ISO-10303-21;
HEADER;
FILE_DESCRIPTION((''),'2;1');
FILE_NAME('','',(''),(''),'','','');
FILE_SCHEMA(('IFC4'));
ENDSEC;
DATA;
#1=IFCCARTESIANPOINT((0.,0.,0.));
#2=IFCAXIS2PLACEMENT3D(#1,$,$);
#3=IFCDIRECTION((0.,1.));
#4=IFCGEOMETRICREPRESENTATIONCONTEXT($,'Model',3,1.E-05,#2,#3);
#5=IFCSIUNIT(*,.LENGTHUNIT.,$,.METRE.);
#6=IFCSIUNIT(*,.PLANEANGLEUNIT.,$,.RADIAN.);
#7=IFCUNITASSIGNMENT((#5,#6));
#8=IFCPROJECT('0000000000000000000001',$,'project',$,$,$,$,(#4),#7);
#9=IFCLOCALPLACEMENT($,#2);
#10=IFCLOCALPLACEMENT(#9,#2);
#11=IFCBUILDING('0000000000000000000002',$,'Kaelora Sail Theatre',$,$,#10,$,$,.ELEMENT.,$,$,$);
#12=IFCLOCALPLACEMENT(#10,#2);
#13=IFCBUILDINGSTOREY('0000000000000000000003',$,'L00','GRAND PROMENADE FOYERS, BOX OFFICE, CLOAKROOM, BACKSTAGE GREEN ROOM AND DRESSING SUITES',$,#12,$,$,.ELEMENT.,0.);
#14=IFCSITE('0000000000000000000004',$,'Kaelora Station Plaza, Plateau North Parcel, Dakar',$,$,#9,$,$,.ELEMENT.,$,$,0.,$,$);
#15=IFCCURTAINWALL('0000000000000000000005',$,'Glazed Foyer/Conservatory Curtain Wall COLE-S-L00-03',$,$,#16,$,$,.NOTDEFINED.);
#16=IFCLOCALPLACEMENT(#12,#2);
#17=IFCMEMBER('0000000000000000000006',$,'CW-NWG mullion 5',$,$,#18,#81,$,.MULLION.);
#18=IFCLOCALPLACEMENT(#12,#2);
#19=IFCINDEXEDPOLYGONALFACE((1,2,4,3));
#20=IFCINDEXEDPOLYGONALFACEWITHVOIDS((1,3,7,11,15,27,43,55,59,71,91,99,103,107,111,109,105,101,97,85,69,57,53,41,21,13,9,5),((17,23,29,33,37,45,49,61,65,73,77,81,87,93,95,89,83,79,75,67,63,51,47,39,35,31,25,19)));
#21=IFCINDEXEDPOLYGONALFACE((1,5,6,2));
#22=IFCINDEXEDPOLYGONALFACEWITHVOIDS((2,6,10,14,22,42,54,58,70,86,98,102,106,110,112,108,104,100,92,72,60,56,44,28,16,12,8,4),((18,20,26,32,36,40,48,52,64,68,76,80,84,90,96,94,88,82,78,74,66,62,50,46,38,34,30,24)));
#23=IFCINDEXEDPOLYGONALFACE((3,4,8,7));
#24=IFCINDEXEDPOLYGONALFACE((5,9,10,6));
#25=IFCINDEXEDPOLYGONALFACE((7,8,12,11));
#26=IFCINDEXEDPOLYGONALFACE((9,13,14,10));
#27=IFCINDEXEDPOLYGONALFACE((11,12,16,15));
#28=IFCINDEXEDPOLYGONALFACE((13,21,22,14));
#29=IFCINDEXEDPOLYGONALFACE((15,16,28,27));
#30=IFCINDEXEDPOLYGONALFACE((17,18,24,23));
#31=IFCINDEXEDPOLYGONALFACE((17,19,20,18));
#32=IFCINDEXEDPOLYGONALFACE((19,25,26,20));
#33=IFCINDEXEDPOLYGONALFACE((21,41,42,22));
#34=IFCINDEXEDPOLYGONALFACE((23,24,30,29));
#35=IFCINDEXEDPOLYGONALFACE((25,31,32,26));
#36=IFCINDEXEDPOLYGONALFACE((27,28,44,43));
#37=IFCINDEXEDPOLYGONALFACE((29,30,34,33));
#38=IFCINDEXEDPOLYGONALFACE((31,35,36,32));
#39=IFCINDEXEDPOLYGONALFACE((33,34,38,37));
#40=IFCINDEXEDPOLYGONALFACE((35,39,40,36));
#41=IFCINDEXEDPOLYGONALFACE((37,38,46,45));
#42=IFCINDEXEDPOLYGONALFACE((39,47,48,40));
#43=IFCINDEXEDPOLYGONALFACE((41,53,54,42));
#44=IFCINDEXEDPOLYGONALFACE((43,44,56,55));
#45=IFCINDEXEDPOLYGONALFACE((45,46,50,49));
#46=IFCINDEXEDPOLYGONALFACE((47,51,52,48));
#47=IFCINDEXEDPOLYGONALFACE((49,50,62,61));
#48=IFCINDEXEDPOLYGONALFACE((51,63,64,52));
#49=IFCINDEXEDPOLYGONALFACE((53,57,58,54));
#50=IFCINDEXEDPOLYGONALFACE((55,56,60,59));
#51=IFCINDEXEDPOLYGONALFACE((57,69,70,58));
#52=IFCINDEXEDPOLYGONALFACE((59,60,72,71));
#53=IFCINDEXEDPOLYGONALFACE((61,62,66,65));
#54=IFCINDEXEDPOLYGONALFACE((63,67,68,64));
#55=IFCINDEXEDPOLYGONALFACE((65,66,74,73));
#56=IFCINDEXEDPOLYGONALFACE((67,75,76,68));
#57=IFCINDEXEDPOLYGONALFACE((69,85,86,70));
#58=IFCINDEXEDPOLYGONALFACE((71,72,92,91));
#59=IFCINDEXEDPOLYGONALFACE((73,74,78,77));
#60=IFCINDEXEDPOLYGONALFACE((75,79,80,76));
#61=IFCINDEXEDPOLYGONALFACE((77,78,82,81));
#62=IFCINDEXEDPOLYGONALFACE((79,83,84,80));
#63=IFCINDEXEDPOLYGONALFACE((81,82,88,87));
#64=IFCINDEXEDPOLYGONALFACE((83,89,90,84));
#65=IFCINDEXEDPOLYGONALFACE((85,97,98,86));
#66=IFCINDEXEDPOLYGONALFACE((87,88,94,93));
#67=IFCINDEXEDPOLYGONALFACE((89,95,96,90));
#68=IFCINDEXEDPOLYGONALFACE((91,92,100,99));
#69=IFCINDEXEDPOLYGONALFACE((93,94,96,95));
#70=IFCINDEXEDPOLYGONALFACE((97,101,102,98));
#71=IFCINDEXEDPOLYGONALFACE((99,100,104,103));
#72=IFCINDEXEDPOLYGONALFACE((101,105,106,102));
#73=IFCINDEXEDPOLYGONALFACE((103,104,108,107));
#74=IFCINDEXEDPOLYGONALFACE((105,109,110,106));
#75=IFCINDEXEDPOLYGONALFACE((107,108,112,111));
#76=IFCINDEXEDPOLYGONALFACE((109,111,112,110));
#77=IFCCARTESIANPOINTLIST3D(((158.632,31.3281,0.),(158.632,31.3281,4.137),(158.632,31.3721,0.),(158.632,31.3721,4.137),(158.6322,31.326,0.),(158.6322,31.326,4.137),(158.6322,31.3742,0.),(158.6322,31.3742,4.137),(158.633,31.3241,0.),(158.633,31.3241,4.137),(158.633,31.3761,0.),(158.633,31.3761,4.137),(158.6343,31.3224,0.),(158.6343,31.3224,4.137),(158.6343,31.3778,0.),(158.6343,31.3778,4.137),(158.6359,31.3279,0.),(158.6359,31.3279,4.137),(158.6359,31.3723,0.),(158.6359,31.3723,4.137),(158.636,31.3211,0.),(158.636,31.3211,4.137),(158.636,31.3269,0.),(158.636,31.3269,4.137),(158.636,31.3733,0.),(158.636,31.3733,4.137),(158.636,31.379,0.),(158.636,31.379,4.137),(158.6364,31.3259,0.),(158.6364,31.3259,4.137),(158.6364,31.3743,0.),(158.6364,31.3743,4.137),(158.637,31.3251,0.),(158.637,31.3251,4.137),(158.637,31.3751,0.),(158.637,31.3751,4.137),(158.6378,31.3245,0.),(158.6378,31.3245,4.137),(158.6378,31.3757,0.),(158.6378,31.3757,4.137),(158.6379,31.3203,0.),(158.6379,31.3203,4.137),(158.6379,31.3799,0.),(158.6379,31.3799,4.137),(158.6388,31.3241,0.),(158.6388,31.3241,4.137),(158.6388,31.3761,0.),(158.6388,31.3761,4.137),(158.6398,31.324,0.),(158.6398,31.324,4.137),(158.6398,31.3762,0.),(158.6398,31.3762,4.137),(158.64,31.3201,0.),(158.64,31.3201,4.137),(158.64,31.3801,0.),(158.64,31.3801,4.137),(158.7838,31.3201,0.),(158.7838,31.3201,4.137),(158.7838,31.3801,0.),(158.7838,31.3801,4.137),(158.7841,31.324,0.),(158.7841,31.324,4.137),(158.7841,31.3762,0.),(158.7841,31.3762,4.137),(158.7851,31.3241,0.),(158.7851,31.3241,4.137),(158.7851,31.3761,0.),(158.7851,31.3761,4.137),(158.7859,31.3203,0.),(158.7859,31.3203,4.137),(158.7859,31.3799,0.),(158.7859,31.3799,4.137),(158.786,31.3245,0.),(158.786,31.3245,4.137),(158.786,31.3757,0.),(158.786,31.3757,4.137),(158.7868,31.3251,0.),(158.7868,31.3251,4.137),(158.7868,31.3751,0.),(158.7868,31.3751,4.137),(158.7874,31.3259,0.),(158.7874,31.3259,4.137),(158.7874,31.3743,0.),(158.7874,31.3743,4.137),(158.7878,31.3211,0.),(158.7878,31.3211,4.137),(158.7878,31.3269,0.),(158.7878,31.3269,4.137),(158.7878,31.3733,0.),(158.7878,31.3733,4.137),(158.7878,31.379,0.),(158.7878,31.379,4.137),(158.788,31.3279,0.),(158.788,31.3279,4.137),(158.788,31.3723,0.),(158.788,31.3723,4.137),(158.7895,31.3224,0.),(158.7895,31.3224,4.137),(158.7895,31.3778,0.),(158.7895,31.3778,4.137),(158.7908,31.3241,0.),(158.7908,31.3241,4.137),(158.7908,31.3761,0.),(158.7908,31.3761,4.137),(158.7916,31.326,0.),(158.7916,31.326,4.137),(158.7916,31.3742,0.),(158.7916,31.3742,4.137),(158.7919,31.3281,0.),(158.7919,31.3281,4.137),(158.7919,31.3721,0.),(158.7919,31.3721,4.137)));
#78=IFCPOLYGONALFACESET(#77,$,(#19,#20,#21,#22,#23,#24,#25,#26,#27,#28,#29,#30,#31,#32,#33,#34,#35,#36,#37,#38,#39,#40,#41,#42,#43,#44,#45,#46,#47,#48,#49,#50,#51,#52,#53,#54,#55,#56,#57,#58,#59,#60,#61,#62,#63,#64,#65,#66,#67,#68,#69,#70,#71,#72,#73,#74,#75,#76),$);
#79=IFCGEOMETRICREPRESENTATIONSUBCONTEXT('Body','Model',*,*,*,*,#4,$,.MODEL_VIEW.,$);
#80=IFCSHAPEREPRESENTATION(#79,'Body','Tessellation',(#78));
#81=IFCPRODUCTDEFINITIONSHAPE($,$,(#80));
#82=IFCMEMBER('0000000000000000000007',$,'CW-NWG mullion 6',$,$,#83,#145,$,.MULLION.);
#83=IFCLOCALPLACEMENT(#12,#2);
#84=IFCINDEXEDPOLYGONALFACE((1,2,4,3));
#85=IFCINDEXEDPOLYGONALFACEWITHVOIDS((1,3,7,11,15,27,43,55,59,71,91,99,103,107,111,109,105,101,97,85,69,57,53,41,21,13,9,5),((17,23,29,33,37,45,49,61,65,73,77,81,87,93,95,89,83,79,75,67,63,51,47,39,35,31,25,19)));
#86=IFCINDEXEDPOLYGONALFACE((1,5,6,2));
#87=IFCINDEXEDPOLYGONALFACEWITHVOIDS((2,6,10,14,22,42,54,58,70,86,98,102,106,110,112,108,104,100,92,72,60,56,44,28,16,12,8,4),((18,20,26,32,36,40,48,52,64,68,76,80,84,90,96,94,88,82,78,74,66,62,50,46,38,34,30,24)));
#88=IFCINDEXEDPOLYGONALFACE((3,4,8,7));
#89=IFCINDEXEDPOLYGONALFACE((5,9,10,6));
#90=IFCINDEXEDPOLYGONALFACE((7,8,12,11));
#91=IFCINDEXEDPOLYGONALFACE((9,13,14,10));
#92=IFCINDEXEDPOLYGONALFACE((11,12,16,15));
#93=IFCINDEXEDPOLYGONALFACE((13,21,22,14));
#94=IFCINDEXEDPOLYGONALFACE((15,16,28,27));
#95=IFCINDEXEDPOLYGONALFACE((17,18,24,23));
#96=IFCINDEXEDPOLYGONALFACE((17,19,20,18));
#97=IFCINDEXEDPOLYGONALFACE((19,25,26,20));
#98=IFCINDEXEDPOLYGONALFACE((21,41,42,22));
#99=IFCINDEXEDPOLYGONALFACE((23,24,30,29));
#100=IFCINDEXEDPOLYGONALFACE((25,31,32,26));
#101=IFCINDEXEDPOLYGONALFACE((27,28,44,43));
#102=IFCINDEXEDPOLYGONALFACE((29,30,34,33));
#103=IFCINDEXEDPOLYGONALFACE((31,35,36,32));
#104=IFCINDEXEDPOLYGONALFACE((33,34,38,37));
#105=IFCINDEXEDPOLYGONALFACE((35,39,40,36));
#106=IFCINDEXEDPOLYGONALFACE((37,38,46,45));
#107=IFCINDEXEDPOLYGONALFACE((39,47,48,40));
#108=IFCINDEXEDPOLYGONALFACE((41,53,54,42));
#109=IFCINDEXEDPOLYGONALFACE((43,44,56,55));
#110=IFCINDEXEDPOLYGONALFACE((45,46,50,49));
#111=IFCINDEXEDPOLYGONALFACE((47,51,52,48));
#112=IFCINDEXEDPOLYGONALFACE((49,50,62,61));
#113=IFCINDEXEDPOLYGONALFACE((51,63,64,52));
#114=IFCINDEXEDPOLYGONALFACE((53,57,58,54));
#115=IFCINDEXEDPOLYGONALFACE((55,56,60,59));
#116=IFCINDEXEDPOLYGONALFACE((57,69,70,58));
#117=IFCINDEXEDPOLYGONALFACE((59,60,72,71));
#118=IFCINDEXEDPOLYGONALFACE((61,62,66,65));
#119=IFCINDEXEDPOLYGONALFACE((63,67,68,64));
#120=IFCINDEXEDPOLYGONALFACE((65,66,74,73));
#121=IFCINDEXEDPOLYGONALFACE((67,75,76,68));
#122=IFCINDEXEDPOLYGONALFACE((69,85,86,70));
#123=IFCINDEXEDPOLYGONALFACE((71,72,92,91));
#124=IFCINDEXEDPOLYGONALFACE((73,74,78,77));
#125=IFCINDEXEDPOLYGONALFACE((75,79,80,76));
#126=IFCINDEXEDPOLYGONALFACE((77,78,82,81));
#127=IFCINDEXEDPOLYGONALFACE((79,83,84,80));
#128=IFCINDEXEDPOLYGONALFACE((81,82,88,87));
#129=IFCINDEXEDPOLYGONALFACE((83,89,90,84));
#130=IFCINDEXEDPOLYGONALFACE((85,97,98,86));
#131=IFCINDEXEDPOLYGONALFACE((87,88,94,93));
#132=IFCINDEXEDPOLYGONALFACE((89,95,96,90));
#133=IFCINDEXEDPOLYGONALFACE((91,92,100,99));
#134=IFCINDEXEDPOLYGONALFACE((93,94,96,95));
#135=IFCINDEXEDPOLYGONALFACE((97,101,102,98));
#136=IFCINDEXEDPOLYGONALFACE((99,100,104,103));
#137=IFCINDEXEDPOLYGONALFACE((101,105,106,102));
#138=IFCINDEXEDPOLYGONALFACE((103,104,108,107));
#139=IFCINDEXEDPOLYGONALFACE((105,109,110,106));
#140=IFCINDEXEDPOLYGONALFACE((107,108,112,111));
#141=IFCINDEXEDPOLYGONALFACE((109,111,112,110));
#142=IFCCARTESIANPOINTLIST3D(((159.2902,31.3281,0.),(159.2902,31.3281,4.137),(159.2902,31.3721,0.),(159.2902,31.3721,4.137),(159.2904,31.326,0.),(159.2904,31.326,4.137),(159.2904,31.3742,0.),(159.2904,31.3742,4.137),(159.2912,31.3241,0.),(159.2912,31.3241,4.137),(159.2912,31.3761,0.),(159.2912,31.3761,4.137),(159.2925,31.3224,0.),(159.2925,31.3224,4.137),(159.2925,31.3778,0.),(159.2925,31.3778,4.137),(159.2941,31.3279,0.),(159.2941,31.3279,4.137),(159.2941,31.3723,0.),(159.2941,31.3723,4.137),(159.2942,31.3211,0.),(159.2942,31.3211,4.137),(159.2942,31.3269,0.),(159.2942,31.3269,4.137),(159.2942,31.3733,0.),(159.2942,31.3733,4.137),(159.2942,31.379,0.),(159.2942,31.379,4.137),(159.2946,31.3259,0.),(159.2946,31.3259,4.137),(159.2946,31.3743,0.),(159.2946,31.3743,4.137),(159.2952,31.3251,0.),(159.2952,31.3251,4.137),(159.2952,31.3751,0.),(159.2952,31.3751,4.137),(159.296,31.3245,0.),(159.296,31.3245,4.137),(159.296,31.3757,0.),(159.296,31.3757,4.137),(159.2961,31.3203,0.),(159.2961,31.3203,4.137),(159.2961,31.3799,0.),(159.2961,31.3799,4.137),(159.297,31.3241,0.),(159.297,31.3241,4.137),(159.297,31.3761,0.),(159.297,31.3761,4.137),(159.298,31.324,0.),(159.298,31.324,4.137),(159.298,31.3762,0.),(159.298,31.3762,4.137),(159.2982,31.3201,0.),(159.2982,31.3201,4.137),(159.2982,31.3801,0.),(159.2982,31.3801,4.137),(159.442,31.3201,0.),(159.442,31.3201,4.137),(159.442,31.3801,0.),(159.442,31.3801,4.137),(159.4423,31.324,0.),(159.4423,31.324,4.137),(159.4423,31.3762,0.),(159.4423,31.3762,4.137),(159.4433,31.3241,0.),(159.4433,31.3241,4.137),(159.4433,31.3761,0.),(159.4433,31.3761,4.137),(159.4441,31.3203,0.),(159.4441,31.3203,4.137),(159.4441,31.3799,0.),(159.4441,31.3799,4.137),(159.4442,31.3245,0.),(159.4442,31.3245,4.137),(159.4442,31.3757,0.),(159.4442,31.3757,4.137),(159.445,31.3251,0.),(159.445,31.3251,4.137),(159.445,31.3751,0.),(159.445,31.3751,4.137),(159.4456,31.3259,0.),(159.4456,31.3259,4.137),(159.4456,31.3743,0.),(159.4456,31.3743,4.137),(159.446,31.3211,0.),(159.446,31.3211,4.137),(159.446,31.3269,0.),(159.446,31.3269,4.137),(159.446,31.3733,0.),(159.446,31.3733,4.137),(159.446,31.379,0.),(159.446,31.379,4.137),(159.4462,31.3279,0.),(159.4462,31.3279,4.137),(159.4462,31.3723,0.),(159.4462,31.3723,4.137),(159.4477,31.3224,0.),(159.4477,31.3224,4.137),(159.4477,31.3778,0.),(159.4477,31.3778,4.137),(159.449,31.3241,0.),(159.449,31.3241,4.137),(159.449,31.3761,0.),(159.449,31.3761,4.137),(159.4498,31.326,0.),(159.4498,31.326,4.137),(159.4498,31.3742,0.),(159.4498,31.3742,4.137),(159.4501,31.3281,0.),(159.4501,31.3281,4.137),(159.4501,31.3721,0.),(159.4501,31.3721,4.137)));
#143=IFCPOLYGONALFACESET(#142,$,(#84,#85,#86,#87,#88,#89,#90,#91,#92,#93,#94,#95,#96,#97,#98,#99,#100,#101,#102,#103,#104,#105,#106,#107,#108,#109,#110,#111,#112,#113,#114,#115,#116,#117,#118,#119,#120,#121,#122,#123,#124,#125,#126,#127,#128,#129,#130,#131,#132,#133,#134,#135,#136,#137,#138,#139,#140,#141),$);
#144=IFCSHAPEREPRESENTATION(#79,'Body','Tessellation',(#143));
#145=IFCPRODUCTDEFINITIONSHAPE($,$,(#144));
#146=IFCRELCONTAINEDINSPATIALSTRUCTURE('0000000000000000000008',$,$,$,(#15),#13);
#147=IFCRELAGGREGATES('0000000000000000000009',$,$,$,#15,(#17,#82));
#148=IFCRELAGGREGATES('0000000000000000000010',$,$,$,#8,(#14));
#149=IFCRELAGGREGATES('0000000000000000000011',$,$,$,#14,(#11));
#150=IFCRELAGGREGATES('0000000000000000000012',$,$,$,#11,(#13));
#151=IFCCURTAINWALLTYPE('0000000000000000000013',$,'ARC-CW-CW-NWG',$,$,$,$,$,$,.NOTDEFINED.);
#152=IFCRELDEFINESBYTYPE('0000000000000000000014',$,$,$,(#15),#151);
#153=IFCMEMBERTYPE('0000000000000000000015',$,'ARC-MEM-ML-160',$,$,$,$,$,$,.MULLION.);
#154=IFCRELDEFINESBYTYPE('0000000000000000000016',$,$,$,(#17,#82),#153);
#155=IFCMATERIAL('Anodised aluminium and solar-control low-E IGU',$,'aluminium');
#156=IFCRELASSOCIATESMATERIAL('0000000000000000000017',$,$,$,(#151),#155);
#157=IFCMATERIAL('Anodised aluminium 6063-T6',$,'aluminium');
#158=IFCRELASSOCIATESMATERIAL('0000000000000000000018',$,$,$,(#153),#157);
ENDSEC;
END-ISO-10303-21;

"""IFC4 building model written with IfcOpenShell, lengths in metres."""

from ifc_helpers import new_model, si_unit, direction, frame, origin, origin_2d, place, context, subcontext, project, spatial, hollow_rectangle, extrude, material, material_profile, profile_set, type_object, element, aggregate, save


model = new_model("IFC4")

# Units and contexts
model_context = context("Model", 3, precision=1e-05, world=origin(), true_north=direction((0.0, 1.0)))
body_context = subcontext(model_context, "Body", "Model", "MODEL_VIEW")
ifc_project = project(units=[si_unit("LENGTHUNIT", "METRE"), si_unit("PLANEANGLEUNIT", "RADIAN")], contexts=[model_context])

# Site, building, storey
site_placement = place(None, origin())
site = spatial("IfcSite", under=ifc_project, at=site_placement, Name="Kaelora Station Plaza, Plateau North Parcel, Dakar", CompositionType="ELEMENT", RefElevation=0.0)
building_placement = place(site_placement, origin())
building = spatial("IfcBuilding", under=site, at=building_placement, Name="Kaelora Sail Theatre", CompositionType="ELEMENT")
storey_placement = place(building_placement, origin())
storey = spatial("IfcBuildingStorey", under=building, at=storey_placement, Name="L00", Description="GRAND PROMENADE FOYERS, BOX OFFICE, CLOAKROOM, BACKSTAGE GREEN ROOM AND DRESSING SUITES", CompositionType="ELEMENT", Elevation=0.0)

# Curtain wall, members
ifc_material_1 = material(Name="Anodised aluminium and solar-control low-E IGU", Category="aluminium")
curtain_wall_type = type_object("IfcCurtainWallType", Name="ARC-CW-CW-NWG", PredefinedType="NOTDEFINED", material=ifc_material_1)
curtain_wall_1_placement = place(storey_placement, origin())
curtain_wall_1 = element("IfcCurtainWall", 1, at=curtain_wall_1_placement, inside=storey, type_object=curtain_wall_type, Name="Glazed Foyer/Conservatory Curtain Wall COLE-S-L00-03", PredefinedType="NOTDEFINED")
ifc_material_2 = material(Name="Anodised aluminium 6063-T6", Category="aluminium")
ifc_material_profile_1 = material_profile(ifc_material_2, hollow_rectangle(XDim=0.0601, YDim=0.1599, WallThickness=0.0039, InnerFilletRadius=0.0039, OuterFilletRadius=0.0081, at=origin_2d()), Name="ALU-MULL 60x160x4")
ifc_profile_set_1 = profile_set([ifc_material_profile_1], Name="Anodised aluminium 6063-T6")
member_type_1 = type_object("IfcMemberType", Name="ARC-MEM-ML-160", PredefinedType="MULLION", material=ifc_profile_set_1)
member_1_placement = place(storey_placement, frame((158.7119, 31.3501, 0.0), z_axis=(0.0, 0.0, 1.0), x_axis=(0.0, 1.0, 0.0)))
member_1 = element("IfcMember", 2, at=member_1_placement, type_object=member_type_1, Name="CW-NWG mullion 5", PredefinedType="MULLION", context=body_context, shape_type="SweptSolid", body=[
    extrude(hollow_rectangle(XDim=0.0601, YDim=0.1599, WallThickness=0.0039, InnerFilletRadius=0.0039, OuterFilletRadius=0.0081, at=origin_2d()), origin(), (0.0, 0.0, 1.0), 4.137),
])
member_2_placement = place(storey_placement, frame((159.3701, 31.3501, 0.0), z_axis=(0.0, 0.0, 1.0), x_axis=(0.0, 1.0, 0.0)))
member_2 = element("IfcMember", 3, at=member_2_placement, type_object=member_type_1, Name="CW-NWG mullion 6", PredefinedType="MULLION", context=body_context, shape_type="SweptSolid", body=[
    extrude(hollow_rectangle(XDim=0.0601, YDim=0.1599, WallThickness=0.0039, InnerFilletRadius=0.0039, OuterFilletRadius=0.0081, at=origin_2d()), origin(), (0.0, 0.0, 1.0), 4.137),
])

aggregate(curtain_wall_1, [member_1, member_2])

save(model, "model.ifc")
